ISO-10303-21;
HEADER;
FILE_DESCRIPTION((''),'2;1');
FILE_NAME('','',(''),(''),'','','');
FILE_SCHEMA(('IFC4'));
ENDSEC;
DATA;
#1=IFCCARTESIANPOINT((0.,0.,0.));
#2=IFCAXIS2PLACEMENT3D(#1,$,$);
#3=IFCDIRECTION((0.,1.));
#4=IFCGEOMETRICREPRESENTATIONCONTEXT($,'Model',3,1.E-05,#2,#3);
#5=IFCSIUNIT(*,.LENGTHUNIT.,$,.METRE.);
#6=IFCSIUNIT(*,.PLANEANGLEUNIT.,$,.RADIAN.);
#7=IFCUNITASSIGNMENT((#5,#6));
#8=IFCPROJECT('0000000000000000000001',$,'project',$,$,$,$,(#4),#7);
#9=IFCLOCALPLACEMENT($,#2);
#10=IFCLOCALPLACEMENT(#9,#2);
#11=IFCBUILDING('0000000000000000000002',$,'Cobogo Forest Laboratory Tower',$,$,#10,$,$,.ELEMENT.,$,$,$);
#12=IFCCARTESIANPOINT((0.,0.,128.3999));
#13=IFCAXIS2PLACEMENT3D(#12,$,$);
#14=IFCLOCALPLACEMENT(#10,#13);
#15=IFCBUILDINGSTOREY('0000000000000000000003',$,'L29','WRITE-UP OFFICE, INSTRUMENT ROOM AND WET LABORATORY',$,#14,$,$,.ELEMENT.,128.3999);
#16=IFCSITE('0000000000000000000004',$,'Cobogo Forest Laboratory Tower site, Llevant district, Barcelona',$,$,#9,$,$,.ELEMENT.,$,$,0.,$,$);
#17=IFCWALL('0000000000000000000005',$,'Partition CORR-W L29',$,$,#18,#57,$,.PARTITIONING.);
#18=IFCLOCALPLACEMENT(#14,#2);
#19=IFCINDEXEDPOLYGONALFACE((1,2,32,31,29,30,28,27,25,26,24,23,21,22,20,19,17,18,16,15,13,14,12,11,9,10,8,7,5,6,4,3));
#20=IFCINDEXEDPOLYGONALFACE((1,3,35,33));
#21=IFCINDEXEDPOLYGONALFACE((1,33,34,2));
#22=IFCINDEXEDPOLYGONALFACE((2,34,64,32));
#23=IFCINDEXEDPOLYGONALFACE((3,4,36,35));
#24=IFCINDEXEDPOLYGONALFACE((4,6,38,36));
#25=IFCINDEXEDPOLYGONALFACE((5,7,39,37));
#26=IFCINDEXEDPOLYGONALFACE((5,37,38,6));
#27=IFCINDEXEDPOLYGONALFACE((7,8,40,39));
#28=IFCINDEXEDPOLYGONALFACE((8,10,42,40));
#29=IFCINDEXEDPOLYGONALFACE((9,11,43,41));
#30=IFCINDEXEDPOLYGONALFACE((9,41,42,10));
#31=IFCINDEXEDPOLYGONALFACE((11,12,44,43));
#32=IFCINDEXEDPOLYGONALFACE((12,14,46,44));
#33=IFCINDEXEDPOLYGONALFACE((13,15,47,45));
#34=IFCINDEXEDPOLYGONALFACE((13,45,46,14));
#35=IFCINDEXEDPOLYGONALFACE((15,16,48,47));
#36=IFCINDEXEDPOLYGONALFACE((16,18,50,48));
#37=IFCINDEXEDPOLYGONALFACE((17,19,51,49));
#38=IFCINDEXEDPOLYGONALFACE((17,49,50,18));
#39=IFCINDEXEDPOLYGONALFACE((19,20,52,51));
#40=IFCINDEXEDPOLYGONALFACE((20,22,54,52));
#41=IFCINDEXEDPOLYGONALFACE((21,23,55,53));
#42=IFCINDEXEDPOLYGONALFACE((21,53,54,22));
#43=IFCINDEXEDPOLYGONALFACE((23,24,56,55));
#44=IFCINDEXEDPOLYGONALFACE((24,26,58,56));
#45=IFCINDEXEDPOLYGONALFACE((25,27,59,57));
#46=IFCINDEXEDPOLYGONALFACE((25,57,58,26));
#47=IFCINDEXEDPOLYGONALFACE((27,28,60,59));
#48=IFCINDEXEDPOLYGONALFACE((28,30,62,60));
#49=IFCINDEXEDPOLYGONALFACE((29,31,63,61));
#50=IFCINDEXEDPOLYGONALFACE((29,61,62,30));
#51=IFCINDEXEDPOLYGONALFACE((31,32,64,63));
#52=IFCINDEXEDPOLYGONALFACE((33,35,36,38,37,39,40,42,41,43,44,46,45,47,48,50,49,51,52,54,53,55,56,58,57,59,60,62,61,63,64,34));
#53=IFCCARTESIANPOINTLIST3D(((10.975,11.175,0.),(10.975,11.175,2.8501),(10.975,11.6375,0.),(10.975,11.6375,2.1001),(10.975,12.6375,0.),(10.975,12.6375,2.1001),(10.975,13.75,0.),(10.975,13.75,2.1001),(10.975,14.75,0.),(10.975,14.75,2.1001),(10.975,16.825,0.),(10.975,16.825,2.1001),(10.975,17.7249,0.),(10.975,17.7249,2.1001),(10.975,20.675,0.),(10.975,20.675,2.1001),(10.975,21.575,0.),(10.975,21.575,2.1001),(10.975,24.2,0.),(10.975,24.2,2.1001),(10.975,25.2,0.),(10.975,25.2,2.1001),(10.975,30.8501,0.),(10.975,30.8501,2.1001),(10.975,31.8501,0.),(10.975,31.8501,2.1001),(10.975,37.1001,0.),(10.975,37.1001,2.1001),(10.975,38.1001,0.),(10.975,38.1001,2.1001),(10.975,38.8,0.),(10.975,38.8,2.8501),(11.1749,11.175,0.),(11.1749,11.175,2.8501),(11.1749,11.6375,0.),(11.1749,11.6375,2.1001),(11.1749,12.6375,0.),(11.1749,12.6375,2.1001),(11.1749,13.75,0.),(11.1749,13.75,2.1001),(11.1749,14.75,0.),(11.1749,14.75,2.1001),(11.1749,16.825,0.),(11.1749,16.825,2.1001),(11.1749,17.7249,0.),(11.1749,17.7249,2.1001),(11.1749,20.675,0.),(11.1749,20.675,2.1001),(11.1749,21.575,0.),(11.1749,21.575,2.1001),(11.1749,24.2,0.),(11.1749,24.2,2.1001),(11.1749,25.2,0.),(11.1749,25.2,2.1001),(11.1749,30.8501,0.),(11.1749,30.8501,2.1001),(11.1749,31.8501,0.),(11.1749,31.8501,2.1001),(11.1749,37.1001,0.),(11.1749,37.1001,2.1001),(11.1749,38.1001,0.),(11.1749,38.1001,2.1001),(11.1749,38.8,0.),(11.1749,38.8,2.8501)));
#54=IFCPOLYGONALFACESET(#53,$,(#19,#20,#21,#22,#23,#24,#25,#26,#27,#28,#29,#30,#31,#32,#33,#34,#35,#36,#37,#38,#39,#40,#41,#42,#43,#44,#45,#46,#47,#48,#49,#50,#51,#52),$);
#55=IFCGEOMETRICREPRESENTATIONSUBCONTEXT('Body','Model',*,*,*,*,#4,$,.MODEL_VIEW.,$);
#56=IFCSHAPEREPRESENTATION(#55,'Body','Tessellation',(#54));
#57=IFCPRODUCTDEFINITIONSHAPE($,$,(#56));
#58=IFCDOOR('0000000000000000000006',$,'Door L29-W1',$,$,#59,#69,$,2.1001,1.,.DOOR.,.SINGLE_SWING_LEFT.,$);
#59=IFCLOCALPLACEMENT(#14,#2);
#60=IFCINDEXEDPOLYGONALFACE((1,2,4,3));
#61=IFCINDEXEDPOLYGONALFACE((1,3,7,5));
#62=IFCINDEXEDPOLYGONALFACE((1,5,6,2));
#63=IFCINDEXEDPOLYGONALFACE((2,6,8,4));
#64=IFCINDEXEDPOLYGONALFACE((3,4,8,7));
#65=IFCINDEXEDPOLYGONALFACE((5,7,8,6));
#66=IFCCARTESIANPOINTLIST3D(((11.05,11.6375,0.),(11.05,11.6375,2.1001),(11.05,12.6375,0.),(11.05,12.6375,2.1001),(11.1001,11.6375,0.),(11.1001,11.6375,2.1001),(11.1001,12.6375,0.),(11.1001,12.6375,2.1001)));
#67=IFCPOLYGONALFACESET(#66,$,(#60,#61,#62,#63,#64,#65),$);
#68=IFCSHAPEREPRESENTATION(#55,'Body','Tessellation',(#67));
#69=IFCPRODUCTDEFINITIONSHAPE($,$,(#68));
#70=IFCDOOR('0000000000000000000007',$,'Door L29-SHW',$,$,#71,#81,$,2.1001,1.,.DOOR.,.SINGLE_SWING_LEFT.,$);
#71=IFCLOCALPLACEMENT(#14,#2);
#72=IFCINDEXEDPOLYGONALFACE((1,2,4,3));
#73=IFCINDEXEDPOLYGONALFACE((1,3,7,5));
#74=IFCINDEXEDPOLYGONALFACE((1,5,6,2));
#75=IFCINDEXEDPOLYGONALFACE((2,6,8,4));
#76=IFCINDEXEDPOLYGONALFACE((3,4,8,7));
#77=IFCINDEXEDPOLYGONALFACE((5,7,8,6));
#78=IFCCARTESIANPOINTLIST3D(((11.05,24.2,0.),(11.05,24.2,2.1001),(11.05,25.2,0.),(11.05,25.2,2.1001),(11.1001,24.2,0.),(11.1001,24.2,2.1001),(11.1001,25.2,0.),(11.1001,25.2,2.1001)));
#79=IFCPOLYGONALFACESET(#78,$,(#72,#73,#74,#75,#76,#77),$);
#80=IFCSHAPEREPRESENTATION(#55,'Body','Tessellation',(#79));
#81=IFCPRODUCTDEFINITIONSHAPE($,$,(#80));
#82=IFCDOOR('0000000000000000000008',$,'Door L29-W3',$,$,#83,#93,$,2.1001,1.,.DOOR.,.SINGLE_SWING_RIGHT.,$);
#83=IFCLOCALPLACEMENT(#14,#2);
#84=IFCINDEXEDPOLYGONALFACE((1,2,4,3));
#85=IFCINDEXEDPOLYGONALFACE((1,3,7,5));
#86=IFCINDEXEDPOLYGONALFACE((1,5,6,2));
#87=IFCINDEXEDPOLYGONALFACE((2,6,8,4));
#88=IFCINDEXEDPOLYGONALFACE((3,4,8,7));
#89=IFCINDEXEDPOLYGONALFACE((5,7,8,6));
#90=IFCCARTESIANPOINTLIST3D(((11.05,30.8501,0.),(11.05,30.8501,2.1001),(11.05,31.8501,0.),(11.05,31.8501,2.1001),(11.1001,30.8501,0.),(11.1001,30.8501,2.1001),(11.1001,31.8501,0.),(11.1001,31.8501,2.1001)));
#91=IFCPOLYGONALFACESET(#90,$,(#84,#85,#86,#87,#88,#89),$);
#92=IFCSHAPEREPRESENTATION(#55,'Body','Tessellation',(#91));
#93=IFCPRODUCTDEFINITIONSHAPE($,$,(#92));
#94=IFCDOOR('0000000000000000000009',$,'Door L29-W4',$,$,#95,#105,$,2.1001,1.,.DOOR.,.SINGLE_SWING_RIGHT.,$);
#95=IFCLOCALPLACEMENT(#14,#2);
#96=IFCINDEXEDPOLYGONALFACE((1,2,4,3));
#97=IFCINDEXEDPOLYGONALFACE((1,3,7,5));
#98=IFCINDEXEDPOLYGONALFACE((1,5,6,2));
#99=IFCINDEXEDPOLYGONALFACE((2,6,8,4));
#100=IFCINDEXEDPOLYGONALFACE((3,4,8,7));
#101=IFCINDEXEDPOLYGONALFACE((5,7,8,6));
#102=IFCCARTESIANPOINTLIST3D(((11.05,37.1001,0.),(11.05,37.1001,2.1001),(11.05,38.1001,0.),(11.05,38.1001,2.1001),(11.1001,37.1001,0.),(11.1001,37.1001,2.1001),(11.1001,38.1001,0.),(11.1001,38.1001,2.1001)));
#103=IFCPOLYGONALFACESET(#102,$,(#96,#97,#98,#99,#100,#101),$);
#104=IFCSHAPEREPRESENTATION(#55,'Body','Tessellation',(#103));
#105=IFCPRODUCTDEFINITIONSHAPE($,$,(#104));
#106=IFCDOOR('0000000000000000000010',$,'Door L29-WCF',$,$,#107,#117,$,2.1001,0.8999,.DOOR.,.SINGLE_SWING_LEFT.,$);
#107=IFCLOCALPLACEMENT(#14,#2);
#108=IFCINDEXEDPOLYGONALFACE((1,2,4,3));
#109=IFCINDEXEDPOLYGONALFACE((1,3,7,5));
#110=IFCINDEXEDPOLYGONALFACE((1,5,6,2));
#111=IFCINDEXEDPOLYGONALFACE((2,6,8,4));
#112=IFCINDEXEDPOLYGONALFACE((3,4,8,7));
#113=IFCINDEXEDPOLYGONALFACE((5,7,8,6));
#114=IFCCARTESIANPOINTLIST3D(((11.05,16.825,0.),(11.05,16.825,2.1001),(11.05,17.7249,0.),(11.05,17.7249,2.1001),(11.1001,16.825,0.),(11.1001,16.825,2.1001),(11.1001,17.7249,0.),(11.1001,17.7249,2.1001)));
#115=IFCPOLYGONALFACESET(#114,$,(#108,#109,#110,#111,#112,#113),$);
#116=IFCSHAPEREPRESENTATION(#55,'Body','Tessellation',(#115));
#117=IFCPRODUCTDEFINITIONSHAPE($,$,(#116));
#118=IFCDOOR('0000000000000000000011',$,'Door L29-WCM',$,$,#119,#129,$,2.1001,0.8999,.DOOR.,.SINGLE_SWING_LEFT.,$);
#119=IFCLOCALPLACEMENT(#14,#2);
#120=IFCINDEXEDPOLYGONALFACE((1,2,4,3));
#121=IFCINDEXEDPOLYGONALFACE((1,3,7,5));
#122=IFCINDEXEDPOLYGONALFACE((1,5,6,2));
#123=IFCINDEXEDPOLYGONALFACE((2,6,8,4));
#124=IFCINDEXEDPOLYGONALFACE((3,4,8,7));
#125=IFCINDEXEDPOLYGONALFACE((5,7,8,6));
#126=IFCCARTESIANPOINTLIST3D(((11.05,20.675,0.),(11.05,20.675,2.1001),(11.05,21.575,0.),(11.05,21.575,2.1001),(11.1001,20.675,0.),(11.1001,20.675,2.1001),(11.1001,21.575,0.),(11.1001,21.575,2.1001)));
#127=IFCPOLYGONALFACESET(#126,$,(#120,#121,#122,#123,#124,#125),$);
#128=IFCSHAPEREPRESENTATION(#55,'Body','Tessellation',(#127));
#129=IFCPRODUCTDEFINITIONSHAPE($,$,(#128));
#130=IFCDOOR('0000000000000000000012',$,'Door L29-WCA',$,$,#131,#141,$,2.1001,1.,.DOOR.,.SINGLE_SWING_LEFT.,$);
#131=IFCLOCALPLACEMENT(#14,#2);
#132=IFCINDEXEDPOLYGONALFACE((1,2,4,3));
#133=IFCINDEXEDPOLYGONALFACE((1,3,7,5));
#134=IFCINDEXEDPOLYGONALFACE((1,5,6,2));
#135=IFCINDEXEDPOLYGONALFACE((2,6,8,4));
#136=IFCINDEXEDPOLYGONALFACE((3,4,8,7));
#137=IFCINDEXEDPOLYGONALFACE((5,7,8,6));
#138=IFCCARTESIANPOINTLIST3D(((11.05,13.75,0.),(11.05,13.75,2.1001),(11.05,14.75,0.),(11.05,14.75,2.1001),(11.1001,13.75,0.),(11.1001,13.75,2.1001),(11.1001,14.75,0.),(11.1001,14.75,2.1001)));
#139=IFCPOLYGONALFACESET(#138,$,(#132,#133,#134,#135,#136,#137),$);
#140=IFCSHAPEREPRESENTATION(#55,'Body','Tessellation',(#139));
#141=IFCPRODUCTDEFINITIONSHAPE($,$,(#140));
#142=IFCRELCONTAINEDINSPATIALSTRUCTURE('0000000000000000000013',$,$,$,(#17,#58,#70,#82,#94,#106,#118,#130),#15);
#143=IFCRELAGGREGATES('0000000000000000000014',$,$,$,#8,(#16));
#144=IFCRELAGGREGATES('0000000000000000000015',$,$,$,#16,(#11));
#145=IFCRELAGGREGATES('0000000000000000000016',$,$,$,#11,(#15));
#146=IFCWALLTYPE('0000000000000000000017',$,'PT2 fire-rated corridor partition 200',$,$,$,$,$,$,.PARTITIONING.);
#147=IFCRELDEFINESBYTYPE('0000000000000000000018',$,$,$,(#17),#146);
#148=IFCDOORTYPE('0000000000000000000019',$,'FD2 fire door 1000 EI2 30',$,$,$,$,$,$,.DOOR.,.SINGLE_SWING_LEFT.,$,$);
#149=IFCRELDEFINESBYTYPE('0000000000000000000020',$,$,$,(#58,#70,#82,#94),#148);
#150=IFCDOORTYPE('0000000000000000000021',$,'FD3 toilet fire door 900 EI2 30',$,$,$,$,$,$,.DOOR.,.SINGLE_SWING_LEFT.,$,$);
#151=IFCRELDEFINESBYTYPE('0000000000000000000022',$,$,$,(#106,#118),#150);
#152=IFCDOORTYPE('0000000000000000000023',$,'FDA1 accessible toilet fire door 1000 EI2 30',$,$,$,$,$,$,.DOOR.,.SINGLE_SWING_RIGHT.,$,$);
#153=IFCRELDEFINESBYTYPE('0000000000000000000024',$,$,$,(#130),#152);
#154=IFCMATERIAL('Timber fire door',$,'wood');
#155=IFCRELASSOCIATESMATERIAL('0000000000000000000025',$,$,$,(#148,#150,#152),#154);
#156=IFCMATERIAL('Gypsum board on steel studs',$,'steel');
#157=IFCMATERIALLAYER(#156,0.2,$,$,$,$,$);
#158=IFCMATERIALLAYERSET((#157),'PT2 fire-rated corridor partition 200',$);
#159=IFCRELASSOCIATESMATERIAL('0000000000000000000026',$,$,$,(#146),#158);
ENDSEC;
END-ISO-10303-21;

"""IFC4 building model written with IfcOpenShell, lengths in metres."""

from ifc_helpers import new_model, si_unit, direction, frame, frame_2d, origin, place, context, subcontext, project, spatial, rectangle, extrude, material, layer, layer_set, type_object, element, fill, save


model = new_model("IFC4")

# Units and contexts
model_context = context("Model", 3, precision=1e-05, world=origin(), true_north=direction((0.0, 1.0)))
body_context = subcontext(model_context, "Body", "Model", "MODEL_VIEW")
ifc_project = project(units=[si_unit("LENGTHUNIT", "METRE"), si_unit("PLANEANGLEUNIT", "RADIAN")], contexts=[model_context])

# Site, building, storey
site_placement = place(None, origin())
site = spatial("IfcSite", under=ifc_project, at=site_placement, Name="Cobogo Forest Laboratory Tower site, Llevant district, Barcelona", CompositionType="ELEMENT", RefElevation=0.0)
building_placement = place(site_placement, origin())
building = spatial("IfcBuilding", under=site, at=building_placement, Name="Cobogo Forest Laboratory Tower", CompositionType="ELEMENT")
storey_placement = place(building_placement, frame((0.0, 0.0, 128.3999)))
storey = spatial("IfcBuildingStorey", under=building, at=storey_placement, Name="L29", Description="WRITE-UP OFFICE, INSTRUMENT ROOM AND WET LABORATORY", CompositionType="ELEMENT", Elevation=128.3999)

# Shared definitions
ifc_material_1 = material(Name="Gypsum board on steel studs", Category="steel")
ifc_material_2 = material(Name="Timber fire door", Category="wood")
door_type_1 = type_object("IfcDoorType", Name="FD2 fire door 1000 EI2 30", OperationType="SINGLE_SWING_LEFT", PredefinedType="DOOR", material=ifc_material_2)

# Wall, openings, doors
ifc_layer_1 = layer(ifc_material_1, 0.2)
ifc_layer_set_1 = layer_set([ifc_layer_1], Name="PT2 fire-rated corridor partition 200")
wall_type_1 = type_object("IfcWallType", Name="PT2 fire-rated corridor partition 200", PredefinedType="PARTITIONING", material=ifc_layer_set_1)
wall_1_placement = place(storey_placement, frame((11.075, 11.175, 0.0), z_axis=(0.0, 0.0, 1.0), x_axis=(0.0, 1.0, 0.0)))
wall_1 = element("IfcWall", 1, at=wall_1_placement, inside=storey, type_object=wall_type_1, Name="Partition CORR-W L29", PredefinedType="PARTITIONING", context=body_context, shape_type="SweptSolid", body=[
    extrude(rectangle(XDim=27.625, YDim=0.2, at=frame_2d((13.8125, 0.0))), origin(), (0.0, 0.0, 1.0), 2.8501),
])
opening_1_placement = place(wall_1_placement, frame((0.4624, 0.0, 0.0)))
opening_1 = element("IfcOpeningElement", 2, at=opening_1_placement, cuts=wall_1, PredefinedType="OPENING", context=body_context, shape_type="SweptSolid", body=[
    extrude(rectangle(XDim=1.0, YDim=2.1001, at=frame_2d((0.5, 1.05))), frame((0.0, 0.1099, 0.0), z_axis=(0.0, -1.0, 0.0), x_axis=(1.0, 0.0, 0.0)), (0.0, 0.0, 1.0), 0.22),
])
opening_2_placement = place(wall_1_placement, frame((2.575, 0.0, 0.0)))
opening_2 = element("IfcOpeningElement", 3, at=opening_2_placement, cuts=wall_1, PredefinedType="OPENING", context=body_context, shape_type="SweptSolid", body=[
    extrude(rectangle(XDim=1.0, YDim=2.1001, at=frame_2d((0.5, 1.05))), frame((0.0, 0.1099, 0.0), z_axis=(0.0, -1.0, 0.0), x_axis=(1.0, 0.0, 0.0)), (0.0, 0.0, 1.0), 0.22),
])
opening_3_placement = place(wall_1_placement, frame((5.6499, 0.0, 0.0)))
opening_3 = element("IfcOpeningElement", 4, at=opening_3_placement, cuts=wall_1, PredefinedType="OPENING", context=body_context, shape_type="SweptSolid", body=[
    extrude(rectangle(XDim=0.8999, YDim=2.1001, at=frame_2d((0.45, 1.05))), frame((0.0, 0.1099, 0.0), z_axis=(0.0, -1.0, 0.0), x_axis=(1.0, 0.0, 0.0)), (0.0, 0.0, 1.0), 0.22),
])
opening_4_placement = place(wall_1_placement, frame((9.5, 0.0, 0.0)))
opening_4 = element("IfcOpeningElement", 5, at=opening_4_placement, cuts=wall_1, PredefinedType="OPENING", context=body_context, shape_type="SweptSolid", body=[
    extrude(rectangle(XDim=0.8999, YDim=2.1001, at=frame_2d((0.45, 1.05))), frame((0.0, 0.1099, 0.0), z_axis=(0.0, -1.0, 0.0), x_axis=(1.0, 0.0, 0.0)), (0.0, 0.0, 1.0), 0.22),
])
opening_5_placement = place(wall_1_placement, frame((13.0249, 0.0, 0.0)))
opening_5 = element("IfcOpeningElement", 6, at=opening_5_placement, cuts=wall_1, PredefinedType="OPENING", context=body_context, shape_type="SweptSolid", body=[
    extrude(rectangle(XDim=1.0, YDim=2.1001, at=frame_2d((0.5, 1.05))), frame((0.0, 0.1099, 0.0), z_axis=(0.0, -1.0, 0.0), x_axis=(1.0, 0.0, 0.0)), (0.0, 0.0, 1.0), 0.22),
])
opening_6_placement = place(wall_1_placement, frame((19.675, 0.0, 0.0)))
opening_6 = element("IfcOpeningElement", 7, at=opening_6_placement, cuts=wall_1, PredefinedType="OPENING", context=body_context, shape_type="SweptSolid", body=[
    extrude(rectangle(XDim=1.0, YDim=2.1001, at=frame_2d((0.5, 1.05))), frame((0.0, 0.1099, 0.0), z_axis=(0.0, -1.0, 0.0), x_axis=(1.0, 0.0, 0.0)), (0.0, 0.0, 1.0), 0.22),
])
opening_7_placement = place(wall_1_placement, frame((25.925, 0.0, 0.0)))
opening_7 = element("IfcOpeningElement", 8, at=opening_7_placement, cuts=wall_1, PredefinedType="OPENING", context=body_context, shape_type="SweptSolid", body=[
    extrude(rectangle(XDim=1.0, YDim=2.1001, at=frame_2d((0.5, 1.05))), frame((0.0, 0.1099, 0.0), z_axis=(0.0, -1.0, 0.0), x_axis=(1.0, 0.0, 0.0)), (0.0, 0.0, 1.0), 0.22),
])
door_1_placement = place(opening_1_placement, origin())
door_1 = element("IfcDoor", 9, at=door_1_placement, inside=storey, type_object=door_type_1, Name="Door L29-W1", OperationType="SINGLE_SWING_LEFT", OverallHeight=2.1001, OverallWidth=1.0, PredefinedType="DOOR", context=body_context, shape_type="SweptSolid", body=[
    extrude(rectangle(XDim=1.0, YDim=2.1001, at=frame_2d((0.5, 1.05))), frame((0.0, 0.0249, 0.0), z_axis=(0.0, -1.0, 0.0), x_axis=(1.0, 0.0, 0.0)), (0.0, 0.0, 1.0), 0.05),
])
fill(opening_1, door_1)
door_2_placement = place(opening_5_placement, origin())
door_2 = element("IfcDoor", 10, at=door_2_placement, inside=storey, type_object=door_type_1, Name="Door L29-SHW", OperationType="SINGLE_SWING_LEFT", OverallHeight=2.1001, OverallWidth=1.0, PredefinedType="DOOR", context=body_context, shape_type="SweptSolid", body=[
    extrude(rectangle(XDim=1.0, YDim=2.1001, at=frame_2d((0.5, 1.05))), frame((0.0, 0.0249, 0.0), z_axis=(0.0, -1.0, 0.0), x_axis=(1.0, 0.0, 0.0)), (0.0, 0.0, 1.0), 0.05),
])
fill(opening_5, door_2)
door_3_placement = place(opening_6_placement, origin())
door_3 = element("IfcDoor", 11, at=door_3_placement, inside=storey, type_object=door_type_1, Name="Door L29-W3", OperationType="SINGLE_SWING_RIGHT", OverallHeight=2.1001, OverallWidth=1.0, PredefinedType="DOOR", context=body_context, shape_type="SweptSolid", body=[
    extrude(rectangle(XDim=1.0, YDim=2.1001, at=frame_2d((0.5, 1.05))), frame((0.0, 0.0249, 0.0), z_axis=(0.0, -1.0, 0.0), x_axis=(1.0, 0.0, 0.0)), (0.0, 0.0, 1.0), 0.05),
])
fill(opening_6, door_3)
door_4_placement = place(opening_7_placement, origin())
door_4 = element("IfcDoor", 12, at=door_4_placement, inside=storey, type_object=door_type_1, Name="Door L29-W4", OperationType="SINGLE_SWING_RIGHT", OverallHeight=2.1001, OverallWidth=1.0, PredefinedType="DOOR", context=body_context, shape_type="SweptSolid", body=[
    extrude(rectangle(XDim=1.0, YDim=2.1001, at=frame_2d((0.5, 1.05))), frame((0.0, 0.0249, 0.0), z_axis=(0.0, -1.0, 0.0), x_axis=(1.0, 0.0, 0.0)), (0.0, 0.0, 1.0), 0.05),
])
fill(opening_7, door_4)
door_type_2 = type_object("IfcDoorType", Name="FD3 toilet fire door 900 EI2 30", OperationType="SINGLE_SWING_LEFT", PredefinedType="DOOR", material=ifc_material_2)
door_5_placement = place(opening_3_placement, origin())
door_5 = element("IfcDoor", 13, at=door_5_placement, inside=storey, type_object=door_type_2, Name="Door L29-WCF", OperationType="SINGLE_SWING_LEFT", OverallHeight=2.1001, OverallWidth=0.8999, PredefinedType="DOOR", context=body_context, shape_type="SweptSolid", body=[
    extrude(rectangle(XDim=0.8999, YDim=2.1001, at=frame_2d((0.45, 1.05))), frame((0.0, 0.0249, 0.0), z_axis=(0.0, -1.0, 0.0), x_axis=(1.0, 0.0, 0.0)), (0.0, 0.0, 1.0), 0.05),
])
fill(opening_3, door_5)
door_6_placement = place(opening_4_placement, origin())
door_6 = element("IfcDoor", 14, at=door_6_placement, inside=storey, type_object=door_type_2, Name="Door L29-WCM", OperationType="SINGLE_SWING_LEFT", OverallHeight=2.1001, OverallWidth=0.8999, PredefinedType="DOOR", context=body_context, shape_type="SweptSolid", body=[
    extrude(rectangle(XDim=0.8999, YDim=2.1001, at=frame_2d((0.45, 1.05))), frame((0.0, 0.0249, 0.0), z_axis=(0.0, -1.0, 0.0), x_axis=(1.0, 0.0, 0.0)), (0.0, 0.0, 1.0), 0.05),
])
fill(opening_4, door_6)
door_type_3 = type_object("IfcDoorType", Name="FDA1 accessible toilet fire door 1000 EI2 30", OperationType="SINGLE_SWING_RIGHT", PredefinedType="DOOR", material=ifc_material_2)
door_7_placement = place(opening_2_placement, origin())
door_7 = element("IfcDoor", 15, at=door_7_placement, inside=storey, type_object=door_type_3, Name="Door L29-WCA", OperationType="SINGLE_SWING_LEFT", OverallHeight=2.1001, OverallWidth=1.0, PredefinedType="DOOR", context=body_context, shape_type="SweptSolid", body=[
    extrude(rectangle(XDim=1.0, YDim=2.1001, at=frame_2d((0.5, 1.05))), frame((0.0, 0.0249, 0.0), z_axis=(0.0, -1.0, 0.0), x_axis=(1.0, 0.0, 0.0)), (0.0, 0.0, 1.0), 0.05),
])
fill(opening_2, door_7)

save(model, "model.ifc")
